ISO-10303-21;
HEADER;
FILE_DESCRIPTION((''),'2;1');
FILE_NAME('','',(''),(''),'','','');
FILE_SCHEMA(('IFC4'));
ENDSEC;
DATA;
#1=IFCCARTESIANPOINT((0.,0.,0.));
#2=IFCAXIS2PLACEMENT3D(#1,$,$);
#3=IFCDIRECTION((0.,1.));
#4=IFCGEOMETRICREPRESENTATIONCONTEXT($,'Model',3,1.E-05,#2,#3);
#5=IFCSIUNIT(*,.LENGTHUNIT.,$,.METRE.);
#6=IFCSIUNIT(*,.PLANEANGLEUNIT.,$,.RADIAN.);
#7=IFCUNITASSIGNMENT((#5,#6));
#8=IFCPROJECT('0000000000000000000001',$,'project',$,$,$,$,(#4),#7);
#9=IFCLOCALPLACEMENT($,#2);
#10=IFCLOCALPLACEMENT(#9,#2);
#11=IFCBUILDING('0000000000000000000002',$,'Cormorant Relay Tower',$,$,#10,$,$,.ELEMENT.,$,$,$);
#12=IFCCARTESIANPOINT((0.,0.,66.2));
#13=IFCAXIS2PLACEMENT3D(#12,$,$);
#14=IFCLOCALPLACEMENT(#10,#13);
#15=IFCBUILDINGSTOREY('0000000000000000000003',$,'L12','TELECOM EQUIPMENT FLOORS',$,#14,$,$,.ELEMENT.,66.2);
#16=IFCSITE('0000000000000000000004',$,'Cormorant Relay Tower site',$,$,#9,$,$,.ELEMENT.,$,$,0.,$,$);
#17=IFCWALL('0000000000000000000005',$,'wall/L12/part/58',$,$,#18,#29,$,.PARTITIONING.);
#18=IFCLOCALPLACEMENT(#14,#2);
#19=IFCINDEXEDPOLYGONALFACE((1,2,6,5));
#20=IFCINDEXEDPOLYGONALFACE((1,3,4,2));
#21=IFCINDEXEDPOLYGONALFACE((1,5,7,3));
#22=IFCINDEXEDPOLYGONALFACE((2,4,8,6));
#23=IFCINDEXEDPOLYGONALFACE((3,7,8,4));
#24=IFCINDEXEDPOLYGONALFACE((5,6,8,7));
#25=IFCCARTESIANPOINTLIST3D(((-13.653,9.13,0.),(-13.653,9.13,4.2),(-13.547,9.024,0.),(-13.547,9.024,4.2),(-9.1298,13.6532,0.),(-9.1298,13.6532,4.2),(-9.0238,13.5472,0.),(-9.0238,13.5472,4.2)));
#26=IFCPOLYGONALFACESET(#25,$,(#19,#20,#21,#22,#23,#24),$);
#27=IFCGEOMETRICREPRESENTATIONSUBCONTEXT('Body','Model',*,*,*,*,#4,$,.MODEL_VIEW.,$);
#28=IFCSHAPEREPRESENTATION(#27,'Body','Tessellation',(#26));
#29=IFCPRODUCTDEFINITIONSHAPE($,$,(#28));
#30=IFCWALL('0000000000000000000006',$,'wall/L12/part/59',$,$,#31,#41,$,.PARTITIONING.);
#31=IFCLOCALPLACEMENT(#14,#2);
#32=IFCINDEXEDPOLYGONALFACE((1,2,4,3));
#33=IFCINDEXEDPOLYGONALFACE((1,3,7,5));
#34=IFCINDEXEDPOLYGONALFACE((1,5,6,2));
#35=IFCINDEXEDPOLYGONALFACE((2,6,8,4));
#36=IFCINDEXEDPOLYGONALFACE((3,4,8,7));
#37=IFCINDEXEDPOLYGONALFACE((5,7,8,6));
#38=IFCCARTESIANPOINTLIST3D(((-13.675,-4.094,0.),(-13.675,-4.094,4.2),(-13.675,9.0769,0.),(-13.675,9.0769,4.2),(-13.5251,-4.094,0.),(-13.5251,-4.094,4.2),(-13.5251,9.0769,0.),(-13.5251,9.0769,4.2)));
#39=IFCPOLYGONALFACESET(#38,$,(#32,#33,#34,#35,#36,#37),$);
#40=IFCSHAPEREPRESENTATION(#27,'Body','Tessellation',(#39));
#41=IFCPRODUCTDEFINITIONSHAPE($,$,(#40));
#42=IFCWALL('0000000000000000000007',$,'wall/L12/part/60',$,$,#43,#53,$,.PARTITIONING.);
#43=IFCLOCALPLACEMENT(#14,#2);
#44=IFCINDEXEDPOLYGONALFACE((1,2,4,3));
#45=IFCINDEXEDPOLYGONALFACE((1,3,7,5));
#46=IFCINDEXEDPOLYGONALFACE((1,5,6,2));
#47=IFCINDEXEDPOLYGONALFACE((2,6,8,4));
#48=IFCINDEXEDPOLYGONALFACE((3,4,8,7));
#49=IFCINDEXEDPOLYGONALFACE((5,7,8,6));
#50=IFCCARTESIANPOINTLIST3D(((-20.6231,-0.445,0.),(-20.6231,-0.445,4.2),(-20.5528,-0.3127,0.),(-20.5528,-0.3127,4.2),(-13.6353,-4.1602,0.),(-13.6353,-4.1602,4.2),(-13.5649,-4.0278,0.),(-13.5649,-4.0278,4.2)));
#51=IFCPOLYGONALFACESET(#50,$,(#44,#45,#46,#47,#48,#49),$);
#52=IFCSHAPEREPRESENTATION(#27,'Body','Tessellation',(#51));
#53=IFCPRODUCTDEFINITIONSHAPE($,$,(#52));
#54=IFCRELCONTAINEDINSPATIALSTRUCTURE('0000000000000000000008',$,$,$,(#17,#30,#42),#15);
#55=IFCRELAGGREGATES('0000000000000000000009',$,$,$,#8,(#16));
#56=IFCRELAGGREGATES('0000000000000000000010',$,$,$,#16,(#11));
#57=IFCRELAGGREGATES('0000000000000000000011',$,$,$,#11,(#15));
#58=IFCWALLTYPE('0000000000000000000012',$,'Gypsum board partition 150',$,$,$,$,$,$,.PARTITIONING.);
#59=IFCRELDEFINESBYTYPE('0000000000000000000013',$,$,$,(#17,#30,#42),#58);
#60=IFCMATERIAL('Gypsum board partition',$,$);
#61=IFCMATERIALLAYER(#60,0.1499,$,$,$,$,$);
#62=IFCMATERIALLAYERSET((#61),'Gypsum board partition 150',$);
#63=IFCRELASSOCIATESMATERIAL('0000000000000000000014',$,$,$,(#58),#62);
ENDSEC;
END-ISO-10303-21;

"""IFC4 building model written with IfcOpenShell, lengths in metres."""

from ifc_helpers import new_model, si_unit, direction, frame, frame_2d, origin, place, context, subcontext, project, spatial, rectangle, extrude, material, layer, layer_set, type_object, element, save


model = new_model("IFC4")

# Units and contexts
model_context = context("Model", 3, precision=1e-05, world=origin(), true_north=direction((0.0, 1.0)))
body_context = subcontext(model_context, "Body", "Model", "MODEL_VIEW")
ifc_project = project(units=[si_unit("LENGTHUNIT", "METRE"), si_unit("PLANEANGLEUNIT", "RADIAN")], contexts=[model_context])

# Site, building, storey
site_placement = place(None, origin())
site = spatial("IfcSite", under=ifc_project, at=site_placement, Name="Cormorant Relay Tower site", CompositionType="ELEMENT", RefElevation=0.0)
building_placement = place(site_placement, origin())
building = spatial("IfcBuilding", under=site, at=building_placement, Name="Cormorant Relay Tower", CompositionType="ELEMENT")
storey_placement = place(building_placement, frame((0.0, 0.0, 66.2)))
storey = spatial("IfcBuildingStorey", under=building, at=storey_placement, Name="L12", Description="TELECOM EQUIPMENT FLOORS", CompositionType="ELEMENT", Elevation=66.2)

# Walls
ifc_material_1 = material(Name="Gypsum board partition")
ifc_layer_1 = layer(ifc_material_1, 0.1499)
ifc_layer_set_1 = layer_set([ifc_layer_1], Name="Gypsum board partition 150")
wall_type = type_object("IfcWallType", Name="Gypsum board partition 150", PredefinedType="PARTITIONING", material=ifc_layer_set_1)
wall_1_placement = place(storey_placement, frame((-9.0769, 13.6001, 0.0), z_axis=(0.0, 0.0, 1.0), x_axis=(-0.707107, -0.707107, 0.0)))
element("IfcWall", 1, at=wall_1_placement, inside=storey, type_object=wall_type, Name="wall/L12/part/58", PredefinedType="PARTITIONING", context=body_context, shape_type="SweptSolid", body=[
    extrude(rectangle(XDim=6.3967, YDim=0.1499, at=frame_2d((3.1982, 0.0))), origin(), (0.0, 0.0, 1.0), 4.2),
])
wall_2_placement = place(storey_placement, frame((-13.6001, 9.0769, 0.0), z_axis=(0.0, 0.0, 1.0), x_axis=(0.0, -1.0, 0.0)))
element("IfcWall", 2, at=wall_2_placement, inside=storey, type_object=wall_type, Name="wall/L12/part/59", PredefinedType="PARTITIONING", context=body_context, shape_type="SweptSolid", body=[
    extrude(rectangle(XDim=13.1709, YDim=0.1499, at=frame_2d((6.5854, 0.0))), origin(), (0.0, 0.0, 1.0), 4.2),
])
wall_3_placement = place(storey_placement, frame((-13.6001, -4.094, 0.0), z_axis=(0.0, 0.0, 1.0), x_axis=(-0.882968, 0.469433, 0.0)))
element("IfcWall", 3, at=wall_3_placement, inside=storey, type_object=wall_type, Name="wall/L12/part/60", PredefinedType="PARTITIONING", context=body_context, shape_type="SweptSolid", body=[
    extrude(rectangle(XDim=7.9141, YDim=0.1499, at=frame_2d((3.957, 0.0))), origin(), (0.0, 0.0, 1.0), 4.2),
])

save(model, "model.ifc")
